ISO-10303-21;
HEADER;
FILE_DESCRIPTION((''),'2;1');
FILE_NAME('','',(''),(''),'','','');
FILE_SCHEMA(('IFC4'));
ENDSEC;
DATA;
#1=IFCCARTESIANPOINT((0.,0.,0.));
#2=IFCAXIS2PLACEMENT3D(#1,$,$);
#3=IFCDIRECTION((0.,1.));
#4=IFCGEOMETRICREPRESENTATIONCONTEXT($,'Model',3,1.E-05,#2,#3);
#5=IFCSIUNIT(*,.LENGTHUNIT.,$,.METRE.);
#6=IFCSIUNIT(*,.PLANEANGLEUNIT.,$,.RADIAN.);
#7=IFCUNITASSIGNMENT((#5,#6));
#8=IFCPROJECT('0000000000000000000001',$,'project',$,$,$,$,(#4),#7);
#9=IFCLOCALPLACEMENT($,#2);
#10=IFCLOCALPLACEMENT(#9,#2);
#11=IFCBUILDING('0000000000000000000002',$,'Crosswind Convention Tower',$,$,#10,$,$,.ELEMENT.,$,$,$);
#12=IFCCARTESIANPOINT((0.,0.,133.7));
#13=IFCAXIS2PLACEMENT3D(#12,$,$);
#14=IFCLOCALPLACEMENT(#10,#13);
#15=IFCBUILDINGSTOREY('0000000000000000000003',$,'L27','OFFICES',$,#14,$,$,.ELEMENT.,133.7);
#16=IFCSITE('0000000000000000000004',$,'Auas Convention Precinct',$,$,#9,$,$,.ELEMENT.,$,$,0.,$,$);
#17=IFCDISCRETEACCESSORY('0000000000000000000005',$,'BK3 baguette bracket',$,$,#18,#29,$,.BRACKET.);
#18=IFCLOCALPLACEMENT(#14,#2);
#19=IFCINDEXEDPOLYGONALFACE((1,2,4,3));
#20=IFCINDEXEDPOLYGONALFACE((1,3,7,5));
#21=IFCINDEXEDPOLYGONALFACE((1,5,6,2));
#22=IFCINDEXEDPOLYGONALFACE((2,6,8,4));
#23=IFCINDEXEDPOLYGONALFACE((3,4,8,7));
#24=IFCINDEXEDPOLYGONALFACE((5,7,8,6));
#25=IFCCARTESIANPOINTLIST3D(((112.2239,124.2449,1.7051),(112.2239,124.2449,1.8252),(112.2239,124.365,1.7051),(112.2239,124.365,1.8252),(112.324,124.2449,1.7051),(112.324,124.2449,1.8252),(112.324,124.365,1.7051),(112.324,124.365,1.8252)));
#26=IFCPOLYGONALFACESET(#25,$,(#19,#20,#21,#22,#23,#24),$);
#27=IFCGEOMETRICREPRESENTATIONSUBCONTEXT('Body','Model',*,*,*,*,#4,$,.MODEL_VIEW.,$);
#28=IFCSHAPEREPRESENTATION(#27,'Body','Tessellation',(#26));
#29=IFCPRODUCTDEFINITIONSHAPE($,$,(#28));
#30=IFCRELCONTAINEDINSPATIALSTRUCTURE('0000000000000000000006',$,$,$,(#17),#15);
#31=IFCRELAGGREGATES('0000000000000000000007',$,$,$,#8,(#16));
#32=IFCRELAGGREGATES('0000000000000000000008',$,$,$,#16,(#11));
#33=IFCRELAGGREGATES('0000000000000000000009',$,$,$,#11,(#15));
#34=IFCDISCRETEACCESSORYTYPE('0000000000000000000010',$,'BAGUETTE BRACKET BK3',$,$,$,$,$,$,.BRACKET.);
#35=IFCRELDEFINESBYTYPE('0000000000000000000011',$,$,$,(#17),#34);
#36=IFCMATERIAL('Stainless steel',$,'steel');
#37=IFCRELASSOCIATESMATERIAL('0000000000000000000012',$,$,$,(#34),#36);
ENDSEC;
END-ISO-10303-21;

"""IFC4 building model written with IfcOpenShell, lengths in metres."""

from ifc_helpers import new_model, si_unit, direction, frame, origin, origin_2d, place, context, subcontext, project, spatial, rectangle, extrude, material, type_object, element, save


model = new_model("IFC4")

# Units and contexts
model_context = context("Model", 3, precision=1e-05, world=origin(), true_north=direction((0.0, 1.0)))
body_context = subcontext(model_context, "Body", "Model", "MODEL_VIEW")
ifc_project = project(units=[si_unit("LENGTHUNIT", "METRE"), si_unit("PLANEANGLEUNIT", "RADIAN")], contexts=[model_context])

# Site, building, storey
site_placement = place(None, origin())
site = spatial("IfcSite", under=ifc_project, at=site_placement, Name="Auas Convention Precinct", CompositionType="ELEMENT", RefElevation=0.0)
building_placement = place(site_placement, origin())
building = spatial("IfcBuilding", under=site, at=building_placement, Name="Crosswind Convention Tower", CompositionType="ELEMENT")
storey_placement = place(building_placement, frame((0.0, 0.0, 133.7)))
storey = spatial("IfcBuildingStorey", under=building, at=storey_placement, Name="L27", Description="OFFICES", CompositionType="ELEMENT", Elevation=133.7)

# Discrete accessory
ifc_material_1 = material(Name="Stainless steel", Category="steel")
discrete_accessory_type = type_object("IfcDiscreteAccessoryType", Name="BAGUETTE BRACKET BK3", PredefinedType="BRACKET", material=ifc_material_1)
discrete_accessory_placement = place(storey_placement, frame((112.2739, 124.3049, 1.7051), z_axis=(0.0, 0.0, 1.0), x_axis=(0.0, -1.0, 0.0)))
element("IfcDiscreteAccessory", 1, at=discrete_accessory_placement, inside=storey, type_object=discrete_accessory_type, Name="BK3 baguette bracket", PredefinedType="BRACKET", context=body_context, shape_type="SweptSolid", body=[
    extrude(rectangle(XDim=0.1201, YDim=0.1001, at=origin_2d()), origin(), (0.0, 0.0, 1.0), 0.1201),
])

save(model, "model.ifc")
